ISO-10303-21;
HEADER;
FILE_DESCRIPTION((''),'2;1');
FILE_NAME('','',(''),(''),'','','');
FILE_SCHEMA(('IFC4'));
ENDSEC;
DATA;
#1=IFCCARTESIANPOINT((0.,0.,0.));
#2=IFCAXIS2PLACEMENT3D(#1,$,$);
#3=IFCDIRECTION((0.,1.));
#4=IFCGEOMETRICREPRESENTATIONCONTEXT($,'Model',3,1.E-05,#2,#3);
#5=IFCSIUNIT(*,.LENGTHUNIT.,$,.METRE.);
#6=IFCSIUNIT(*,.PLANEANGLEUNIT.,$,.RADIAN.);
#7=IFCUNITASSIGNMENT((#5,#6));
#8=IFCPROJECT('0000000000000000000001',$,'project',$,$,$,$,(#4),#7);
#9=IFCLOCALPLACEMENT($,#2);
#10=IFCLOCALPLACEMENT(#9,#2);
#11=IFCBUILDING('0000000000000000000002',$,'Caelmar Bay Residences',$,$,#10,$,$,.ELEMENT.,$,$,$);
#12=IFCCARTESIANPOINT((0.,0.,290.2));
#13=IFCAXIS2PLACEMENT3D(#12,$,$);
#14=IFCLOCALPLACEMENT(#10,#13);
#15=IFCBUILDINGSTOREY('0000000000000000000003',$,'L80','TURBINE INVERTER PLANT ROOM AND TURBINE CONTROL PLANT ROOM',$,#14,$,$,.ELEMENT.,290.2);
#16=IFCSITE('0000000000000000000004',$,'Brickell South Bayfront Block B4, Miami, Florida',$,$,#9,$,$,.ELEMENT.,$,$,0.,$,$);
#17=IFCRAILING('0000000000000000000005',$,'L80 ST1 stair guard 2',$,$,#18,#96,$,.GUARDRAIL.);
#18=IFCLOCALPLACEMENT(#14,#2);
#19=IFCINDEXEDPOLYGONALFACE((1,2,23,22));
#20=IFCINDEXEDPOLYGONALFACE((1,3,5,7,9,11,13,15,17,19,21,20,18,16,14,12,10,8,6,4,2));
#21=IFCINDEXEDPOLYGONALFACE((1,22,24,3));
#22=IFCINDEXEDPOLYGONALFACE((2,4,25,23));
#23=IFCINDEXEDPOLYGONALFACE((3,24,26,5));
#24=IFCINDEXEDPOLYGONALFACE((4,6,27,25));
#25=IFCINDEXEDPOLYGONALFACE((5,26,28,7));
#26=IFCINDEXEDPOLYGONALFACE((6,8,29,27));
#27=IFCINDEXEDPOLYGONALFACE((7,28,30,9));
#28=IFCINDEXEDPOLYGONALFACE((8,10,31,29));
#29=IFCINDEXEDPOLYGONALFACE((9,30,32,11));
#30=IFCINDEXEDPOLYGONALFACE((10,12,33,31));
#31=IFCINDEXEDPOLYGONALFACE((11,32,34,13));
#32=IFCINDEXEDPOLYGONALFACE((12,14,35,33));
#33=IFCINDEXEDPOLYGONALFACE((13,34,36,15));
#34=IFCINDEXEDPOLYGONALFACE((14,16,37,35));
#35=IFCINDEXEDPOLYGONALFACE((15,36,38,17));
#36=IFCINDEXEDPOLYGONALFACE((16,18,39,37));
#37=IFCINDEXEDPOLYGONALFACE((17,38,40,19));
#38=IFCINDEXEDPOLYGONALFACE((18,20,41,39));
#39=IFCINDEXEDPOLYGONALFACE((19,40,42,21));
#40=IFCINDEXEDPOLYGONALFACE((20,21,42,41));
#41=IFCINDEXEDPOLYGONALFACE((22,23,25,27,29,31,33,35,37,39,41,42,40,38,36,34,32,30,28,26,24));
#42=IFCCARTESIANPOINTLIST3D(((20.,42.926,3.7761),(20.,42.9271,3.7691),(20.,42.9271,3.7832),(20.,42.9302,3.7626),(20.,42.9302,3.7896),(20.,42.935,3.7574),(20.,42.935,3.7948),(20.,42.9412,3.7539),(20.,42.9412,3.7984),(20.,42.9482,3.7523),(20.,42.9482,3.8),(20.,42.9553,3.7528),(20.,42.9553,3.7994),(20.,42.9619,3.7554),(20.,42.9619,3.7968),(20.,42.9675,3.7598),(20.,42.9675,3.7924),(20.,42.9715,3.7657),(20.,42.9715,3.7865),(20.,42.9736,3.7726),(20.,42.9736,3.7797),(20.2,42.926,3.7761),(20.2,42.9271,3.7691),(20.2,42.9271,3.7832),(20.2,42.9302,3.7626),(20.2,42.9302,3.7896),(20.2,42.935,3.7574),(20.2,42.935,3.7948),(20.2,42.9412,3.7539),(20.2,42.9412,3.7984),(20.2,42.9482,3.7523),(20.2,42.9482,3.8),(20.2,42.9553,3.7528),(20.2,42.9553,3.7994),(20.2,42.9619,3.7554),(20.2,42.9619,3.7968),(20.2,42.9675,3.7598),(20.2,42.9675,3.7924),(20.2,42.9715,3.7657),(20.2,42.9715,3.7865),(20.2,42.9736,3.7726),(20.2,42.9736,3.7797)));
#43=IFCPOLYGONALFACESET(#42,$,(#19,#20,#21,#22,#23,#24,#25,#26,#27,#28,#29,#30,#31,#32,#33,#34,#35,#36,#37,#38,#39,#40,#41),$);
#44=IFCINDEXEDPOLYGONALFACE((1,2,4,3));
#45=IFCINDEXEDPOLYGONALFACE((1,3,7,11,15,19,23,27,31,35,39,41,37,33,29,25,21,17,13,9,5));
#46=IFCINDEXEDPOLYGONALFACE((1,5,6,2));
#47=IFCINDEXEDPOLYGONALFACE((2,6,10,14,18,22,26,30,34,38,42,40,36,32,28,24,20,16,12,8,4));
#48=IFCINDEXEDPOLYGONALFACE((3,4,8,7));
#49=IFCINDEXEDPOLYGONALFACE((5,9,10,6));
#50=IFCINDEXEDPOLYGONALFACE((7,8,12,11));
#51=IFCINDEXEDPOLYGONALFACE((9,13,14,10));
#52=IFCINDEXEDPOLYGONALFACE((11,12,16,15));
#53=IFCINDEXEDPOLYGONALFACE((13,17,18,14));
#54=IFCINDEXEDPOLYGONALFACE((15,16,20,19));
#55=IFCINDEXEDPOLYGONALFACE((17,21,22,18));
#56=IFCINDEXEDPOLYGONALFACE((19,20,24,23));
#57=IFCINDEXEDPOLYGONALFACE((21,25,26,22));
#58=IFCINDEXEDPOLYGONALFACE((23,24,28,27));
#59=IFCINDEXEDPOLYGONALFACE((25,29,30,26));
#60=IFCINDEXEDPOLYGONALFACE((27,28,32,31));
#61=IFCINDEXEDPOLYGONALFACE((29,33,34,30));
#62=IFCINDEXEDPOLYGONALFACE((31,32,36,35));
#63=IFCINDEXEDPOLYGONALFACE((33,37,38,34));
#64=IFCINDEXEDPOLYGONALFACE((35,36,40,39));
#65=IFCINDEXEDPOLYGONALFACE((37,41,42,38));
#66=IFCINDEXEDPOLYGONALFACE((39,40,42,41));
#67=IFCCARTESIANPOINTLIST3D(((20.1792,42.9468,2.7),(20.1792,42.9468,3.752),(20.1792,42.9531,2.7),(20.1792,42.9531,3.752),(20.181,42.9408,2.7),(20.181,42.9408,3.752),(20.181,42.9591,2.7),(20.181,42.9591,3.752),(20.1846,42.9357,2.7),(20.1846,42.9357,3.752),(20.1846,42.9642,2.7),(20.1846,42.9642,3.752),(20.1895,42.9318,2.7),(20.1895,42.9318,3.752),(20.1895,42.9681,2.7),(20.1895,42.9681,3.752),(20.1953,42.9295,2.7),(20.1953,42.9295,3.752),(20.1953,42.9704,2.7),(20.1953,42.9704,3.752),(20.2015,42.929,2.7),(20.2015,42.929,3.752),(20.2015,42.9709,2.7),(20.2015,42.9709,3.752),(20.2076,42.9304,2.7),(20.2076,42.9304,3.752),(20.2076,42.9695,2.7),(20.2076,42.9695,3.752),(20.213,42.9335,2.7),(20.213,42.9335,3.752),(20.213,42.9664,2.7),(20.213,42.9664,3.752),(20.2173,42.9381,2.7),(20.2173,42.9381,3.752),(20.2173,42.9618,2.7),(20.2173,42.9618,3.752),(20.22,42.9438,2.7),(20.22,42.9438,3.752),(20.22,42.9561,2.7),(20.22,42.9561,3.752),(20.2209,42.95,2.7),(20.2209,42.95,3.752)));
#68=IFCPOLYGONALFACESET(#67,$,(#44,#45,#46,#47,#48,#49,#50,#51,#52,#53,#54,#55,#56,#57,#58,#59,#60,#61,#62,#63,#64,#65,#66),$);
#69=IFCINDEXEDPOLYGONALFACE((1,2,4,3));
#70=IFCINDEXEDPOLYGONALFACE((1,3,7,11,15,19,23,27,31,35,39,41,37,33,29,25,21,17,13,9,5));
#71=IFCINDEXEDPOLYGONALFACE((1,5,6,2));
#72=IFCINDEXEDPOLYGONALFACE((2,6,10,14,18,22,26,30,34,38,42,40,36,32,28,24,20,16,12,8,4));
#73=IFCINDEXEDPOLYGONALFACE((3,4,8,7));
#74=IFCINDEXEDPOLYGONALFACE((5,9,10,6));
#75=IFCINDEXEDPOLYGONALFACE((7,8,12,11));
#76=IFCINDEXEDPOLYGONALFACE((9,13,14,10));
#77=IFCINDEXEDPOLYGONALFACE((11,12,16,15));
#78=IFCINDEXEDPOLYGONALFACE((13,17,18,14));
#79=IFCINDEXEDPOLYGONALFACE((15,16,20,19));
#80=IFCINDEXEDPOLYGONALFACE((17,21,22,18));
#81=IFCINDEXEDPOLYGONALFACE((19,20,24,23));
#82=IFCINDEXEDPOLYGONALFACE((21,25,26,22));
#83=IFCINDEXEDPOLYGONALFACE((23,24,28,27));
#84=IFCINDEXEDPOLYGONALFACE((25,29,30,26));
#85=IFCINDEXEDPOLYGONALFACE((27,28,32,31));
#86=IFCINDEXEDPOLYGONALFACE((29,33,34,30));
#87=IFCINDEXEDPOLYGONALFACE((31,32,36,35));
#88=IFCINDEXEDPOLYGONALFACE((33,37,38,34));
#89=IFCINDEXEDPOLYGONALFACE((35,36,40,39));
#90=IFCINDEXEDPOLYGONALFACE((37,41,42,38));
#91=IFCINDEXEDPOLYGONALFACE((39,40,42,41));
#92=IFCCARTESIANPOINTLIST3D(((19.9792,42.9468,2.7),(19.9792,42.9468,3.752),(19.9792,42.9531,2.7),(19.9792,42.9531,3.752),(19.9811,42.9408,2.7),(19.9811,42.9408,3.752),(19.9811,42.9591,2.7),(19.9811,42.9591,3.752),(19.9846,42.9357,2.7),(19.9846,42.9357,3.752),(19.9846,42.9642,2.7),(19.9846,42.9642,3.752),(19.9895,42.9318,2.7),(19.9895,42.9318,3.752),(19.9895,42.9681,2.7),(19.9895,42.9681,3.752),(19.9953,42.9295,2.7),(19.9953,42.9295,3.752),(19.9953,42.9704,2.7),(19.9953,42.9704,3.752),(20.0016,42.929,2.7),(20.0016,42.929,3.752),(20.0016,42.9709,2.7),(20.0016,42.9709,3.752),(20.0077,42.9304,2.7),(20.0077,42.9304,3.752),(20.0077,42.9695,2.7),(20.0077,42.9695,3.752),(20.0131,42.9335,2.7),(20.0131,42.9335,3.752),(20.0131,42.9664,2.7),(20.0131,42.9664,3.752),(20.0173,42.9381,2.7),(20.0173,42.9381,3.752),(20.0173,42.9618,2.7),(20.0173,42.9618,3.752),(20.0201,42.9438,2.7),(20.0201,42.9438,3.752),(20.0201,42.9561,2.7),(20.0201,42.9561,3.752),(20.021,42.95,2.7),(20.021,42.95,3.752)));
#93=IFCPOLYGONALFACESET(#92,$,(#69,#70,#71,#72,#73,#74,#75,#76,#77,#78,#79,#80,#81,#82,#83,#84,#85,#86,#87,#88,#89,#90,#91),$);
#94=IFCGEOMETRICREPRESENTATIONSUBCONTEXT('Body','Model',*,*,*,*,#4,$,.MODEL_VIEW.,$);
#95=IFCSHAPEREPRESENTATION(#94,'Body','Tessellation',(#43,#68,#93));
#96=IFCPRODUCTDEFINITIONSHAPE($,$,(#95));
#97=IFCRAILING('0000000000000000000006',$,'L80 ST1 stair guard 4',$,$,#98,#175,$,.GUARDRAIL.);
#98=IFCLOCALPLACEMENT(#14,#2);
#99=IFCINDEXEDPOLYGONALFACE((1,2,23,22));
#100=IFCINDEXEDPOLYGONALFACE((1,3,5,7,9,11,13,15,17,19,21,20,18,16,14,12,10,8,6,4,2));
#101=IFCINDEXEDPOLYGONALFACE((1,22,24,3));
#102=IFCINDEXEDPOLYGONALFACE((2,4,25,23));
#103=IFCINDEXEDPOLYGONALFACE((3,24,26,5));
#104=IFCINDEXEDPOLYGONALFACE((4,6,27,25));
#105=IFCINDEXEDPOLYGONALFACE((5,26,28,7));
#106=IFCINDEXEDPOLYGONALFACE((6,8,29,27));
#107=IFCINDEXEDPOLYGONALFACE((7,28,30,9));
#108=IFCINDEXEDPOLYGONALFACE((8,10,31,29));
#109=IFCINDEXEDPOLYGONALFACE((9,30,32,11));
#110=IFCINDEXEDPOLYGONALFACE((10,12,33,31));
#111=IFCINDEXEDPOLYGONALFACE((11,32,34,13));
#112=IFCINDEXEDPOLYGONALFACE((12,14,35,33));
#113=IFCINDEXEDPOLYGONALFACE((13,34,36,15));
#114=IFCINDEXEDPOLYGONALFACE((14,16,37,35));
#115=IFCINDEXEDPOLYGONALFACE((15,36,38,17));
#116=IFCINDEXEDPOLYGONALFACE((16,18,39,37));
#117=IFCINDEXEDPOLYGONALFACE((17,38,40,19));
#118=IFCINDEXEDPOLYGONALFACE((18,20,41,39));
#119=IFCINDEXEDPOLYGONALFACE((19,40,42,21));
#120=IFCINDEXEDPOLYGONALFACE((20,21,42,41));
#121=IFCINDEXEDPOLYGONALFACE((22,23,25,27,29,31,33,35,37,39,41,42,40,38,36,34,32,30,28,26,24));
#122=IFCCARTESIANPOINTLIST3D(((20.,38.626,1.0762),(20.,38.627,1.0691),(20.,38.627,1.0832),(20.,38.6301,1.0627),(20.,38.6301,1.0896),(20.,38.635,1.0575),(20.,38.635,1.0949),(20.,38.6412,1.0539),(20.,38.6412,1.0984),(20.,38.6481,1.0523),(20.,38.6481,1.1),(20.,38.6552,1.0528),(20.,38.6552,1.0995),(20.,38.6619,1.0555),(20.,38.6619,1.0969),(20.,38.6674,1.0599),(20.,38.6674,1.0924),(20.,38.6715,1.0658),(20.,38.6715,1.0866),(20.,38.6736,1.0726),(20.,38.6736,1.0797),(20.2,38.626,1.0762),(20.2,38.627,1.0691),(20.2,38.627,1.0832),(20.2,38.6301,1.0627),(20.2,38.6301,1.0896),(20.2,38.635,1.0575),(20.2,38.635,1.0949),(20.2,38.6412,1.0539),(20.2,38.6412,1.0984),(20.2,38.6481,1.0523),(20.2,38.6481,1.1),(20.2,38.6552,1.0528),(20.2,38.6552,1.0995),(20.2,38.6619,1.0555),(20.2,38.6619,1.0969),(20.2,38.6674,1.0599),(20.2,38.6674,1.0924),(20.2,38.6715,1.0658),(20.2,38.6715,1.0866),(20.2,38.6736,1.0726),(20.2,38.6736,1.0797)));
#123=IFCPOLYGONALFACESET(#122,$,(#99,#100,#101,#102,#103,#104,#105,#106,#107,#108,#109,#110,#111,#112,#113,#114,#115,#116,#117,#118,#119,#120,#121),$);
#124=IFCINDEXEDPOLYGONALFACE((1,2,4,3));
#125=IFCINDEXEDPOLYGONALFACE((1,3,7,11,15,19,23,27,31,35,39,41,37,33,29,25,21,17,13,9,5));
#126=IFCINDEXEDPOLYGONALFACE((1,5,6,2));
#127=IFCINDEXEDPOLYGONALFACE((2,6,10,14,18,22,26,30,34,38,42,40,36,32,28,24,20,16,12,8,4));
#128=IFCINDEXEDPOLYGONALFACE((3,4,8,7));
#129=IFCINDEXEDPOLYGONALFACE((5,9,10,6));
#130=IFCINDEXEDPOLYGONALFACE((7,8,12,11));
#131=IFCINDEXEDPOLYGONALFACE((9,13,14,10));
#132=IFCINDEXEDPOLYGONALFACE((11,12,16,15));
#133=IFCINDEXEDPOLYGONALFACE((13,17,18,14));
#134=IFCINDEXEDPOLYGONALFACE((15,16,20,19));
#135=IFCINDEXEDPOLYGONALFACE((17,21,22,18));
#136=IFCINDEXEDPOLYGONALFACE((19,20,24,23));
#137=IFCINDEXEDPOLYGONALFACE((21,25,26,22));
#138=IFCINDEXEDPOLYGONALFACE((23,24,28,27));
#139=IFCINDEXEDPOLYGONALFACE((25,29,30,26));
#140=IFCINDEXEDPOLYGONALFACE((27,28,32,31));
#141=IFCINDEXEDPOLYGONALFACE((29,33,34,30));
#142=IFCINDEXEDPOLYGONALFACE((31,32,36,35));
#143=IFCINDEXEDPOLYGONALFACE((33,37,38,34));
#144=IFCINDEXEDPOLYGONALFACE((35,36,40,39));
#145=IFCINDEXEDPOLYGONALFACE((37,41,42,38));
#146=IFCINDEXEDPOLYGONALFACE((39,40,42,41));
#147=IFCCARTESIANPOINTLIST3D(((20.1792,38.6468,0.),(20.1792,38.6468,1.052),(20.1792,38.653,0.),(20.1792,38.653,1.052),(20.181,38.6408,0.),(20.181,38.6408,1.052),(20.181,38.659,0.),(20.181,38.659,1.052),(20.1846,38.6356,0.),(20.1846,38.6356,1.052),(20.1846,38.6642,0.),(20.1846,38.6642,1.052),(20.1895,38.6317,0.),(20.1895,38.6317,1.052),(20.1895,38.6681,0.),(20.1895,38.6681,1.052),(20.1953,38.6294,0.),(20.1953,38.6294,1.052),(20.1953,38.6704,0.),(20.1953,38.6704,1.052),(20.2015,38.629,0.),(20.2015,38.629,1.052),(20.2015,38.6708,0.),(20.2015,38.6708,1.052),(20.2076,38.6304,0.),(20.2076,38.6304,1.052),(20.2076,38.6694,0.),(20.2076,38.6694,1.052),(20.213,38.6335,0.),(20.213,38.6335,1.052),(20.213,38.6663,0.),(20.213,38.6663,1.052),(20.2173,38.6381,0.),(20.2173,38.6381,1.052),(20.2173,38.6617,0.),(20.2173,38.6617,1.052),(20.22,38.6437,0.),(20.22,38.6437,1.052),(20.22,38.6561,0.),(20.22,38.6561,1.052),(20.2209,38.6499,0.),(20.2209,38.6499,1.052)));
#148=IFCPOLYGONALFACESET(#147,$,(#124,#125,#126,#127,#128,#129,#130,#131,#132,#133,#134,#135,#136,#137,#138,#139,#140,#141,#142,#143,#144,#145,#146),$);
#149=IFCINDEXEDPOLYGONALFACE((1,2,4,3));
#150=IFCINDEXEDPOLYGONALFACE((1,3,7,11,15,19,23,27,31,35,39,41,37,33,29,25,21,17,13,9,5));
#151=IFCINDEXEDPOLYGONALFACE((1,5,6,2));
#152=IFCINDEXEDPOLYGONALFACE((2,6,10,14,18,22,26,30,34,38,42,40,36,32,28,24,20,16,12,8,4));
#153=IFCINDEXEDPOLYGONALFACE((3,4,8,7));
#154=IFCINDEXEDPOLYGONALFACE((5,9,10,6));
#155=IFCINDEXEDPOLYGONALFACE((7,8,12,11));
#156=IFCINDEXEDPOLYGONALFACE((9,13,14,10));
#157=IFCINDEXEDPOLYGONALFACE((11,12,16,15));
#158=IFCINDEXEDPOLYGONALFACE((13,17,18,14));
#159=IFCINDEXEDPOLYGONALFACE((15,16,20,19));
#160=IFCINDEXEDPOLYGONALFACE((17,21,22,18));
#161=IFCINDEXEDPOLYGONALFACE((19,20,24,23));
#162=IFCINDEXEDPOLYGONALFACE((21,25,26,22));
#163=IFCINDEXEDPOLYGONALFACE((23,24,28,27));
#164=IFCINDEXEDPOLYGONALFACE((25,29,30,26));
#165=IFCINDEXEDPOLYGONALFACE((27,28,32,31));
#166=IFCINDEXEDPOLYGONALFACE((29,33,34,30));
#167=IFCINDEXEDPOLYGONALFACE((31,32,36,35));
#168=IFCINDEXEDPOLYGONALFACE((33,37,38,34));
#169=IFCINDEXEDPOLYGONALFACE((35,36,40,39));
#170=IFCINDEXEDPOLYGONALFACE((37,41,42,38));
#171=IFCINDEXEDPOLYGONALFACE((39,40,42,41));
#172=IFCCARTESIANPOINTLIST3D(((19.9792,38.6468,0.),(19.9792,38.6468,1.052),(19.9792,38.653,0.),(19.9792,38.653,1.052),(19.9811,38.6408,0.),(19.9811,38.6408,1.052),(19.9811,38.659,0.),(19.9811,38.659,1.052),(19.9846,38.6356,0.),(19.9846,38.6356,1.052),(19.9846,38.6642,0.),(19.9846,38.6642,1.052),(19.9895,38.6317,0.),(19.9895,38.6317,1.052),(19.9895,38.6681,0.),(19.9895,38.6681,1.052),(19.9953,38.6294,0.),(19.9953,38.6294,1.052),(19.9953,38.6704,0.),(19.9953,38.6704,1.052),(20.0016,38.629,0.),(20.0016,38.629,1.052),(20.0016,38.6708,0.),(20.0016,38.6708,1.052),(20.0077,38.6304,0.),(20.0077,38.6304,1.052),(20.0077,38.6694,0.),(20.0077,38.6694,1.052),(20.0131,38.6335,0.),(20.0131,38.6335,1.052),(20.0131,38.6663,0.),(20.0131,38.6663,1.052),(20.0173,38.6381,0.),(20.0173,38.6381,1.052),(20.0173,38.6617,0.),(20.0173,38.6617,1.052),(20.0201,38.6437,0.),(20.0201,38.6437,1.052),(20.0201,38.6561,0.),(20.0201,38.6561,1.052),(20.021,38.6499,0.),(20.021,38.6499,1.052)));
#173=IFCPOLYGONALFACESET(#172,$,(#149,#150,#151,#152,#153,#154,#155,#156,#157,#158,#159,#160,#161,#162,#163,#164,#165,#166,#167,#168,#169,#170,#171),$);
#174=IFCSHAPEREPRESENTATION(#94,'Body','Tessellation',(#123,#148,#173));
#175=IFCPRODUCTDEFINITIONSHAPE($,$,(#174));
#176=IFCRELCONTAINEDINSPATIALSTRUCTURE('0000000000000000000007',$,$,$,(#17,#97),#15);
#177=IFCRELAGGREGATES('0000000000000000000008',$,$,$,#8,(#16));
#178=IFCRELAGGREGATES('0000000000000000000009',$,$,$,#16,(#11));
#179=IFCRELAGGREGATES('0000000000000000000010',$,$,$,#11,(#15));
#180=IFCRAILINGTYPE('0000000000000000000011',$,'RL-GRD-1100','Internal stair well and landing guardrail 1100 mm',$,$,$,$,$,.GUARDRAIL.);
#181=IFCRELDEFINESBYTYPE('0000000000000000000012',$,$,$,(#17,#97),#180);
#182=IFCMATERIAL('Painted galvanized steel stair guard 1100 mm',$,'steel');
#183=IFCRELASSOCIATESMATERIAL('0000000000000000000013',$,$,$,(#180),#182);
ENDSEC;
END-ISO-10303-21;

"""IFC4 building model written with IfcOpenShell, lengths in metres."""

from ifc_helpers import new_model, si_unit, direction, frame, origin, origin_2d, place, context, subcontext, project, spatial, circle, extrude, material, type_object, element, save


model = new_model("IFC4")

# Units and contexts
model_context = context("Model", 3, precision=1e-05, world=origin(), true_north=direction((0.0, 1.0)))
body_context = subcontext(model_context, "Body", "Model", "MODEL_VIEW")
ifc_project = project(units=[si_unit("LENGTHUNIT", "METRE"), si_unit("PLANEANGLEUNIT", "RADIAN")], contexts=[model_context])

# Site, building, storey
site_placement = place(None, origin())
site = spatial("IfcSite", under=ifc_project, at=site_placement, Name="Brickell South Bayfront Block B4, Miami, Florida", CompositionType="ELEMENT", RefElevation=0.0)
building_placement = place(site_placement, origin())
building = spatial("IfcBuilding", under=site, at=building_placement, Name="Caelmar Bay Residences", CompositionType="ELEMENT")
storey_placement = place(building_placement, frame((0.0, 0.0, 290.2)))
storey = spatial("IfcBuildingStorey", under=building, at=storey_placement, Name="L80", Description="TURBINE INVERTER PLANT ROOM AND TURBINE CONTROL PLANT ROOM", CompositionType="ELEMENT", Elevation=290.2)

# Railings
ifc_material_1 = material(Name="Painted galvanized steel stair guard 1100 mm", Category="steel")
railing_type_1 = type_object("IfcRailingType", Name="RL-GRD-1100", Description="Internal stair well and landing guardrail 1100 mm", PredefinedType="GUARDRAIL", material=ifc_material_1)
for number, where, name in (
    (1, (20.2, 42.95, 2.7), "L80 ST1 stair guard 2"),
    (2, (20.2, 38.6499, 0.0), "L80 ST1 stair guard 4"),
):
    element("IfcRailing", number, at=place(storey_placement, frame(where)), inside=storey, type_object=railing_type_1, Name=name, PredefinedType="GUARDRAIL", context=body_context, shape_type="SweptSolid", body=[
        extrude(circle(Radius=0.0239, at=origin_2d()), frame((0.0, 0.0, 1.0762), z_axis=(-1.0, 0.0, 0.0), x_axis=(0.0, -1.0, 0.0)), (0.0, 0.0, 1.0), 0.2),
        extrude(circle(Radius=0.021, at=origin_2d()), origin(), (0.0, 0.0, 1.0), 1.052),
        extrude(circle(Radius=0.021, at=origin_2d()), frame((-0.2, 0.0, 0.0)), (0.0, 0.0, 1.0), 1.052),
    ])

save(model, "model.ifc")
